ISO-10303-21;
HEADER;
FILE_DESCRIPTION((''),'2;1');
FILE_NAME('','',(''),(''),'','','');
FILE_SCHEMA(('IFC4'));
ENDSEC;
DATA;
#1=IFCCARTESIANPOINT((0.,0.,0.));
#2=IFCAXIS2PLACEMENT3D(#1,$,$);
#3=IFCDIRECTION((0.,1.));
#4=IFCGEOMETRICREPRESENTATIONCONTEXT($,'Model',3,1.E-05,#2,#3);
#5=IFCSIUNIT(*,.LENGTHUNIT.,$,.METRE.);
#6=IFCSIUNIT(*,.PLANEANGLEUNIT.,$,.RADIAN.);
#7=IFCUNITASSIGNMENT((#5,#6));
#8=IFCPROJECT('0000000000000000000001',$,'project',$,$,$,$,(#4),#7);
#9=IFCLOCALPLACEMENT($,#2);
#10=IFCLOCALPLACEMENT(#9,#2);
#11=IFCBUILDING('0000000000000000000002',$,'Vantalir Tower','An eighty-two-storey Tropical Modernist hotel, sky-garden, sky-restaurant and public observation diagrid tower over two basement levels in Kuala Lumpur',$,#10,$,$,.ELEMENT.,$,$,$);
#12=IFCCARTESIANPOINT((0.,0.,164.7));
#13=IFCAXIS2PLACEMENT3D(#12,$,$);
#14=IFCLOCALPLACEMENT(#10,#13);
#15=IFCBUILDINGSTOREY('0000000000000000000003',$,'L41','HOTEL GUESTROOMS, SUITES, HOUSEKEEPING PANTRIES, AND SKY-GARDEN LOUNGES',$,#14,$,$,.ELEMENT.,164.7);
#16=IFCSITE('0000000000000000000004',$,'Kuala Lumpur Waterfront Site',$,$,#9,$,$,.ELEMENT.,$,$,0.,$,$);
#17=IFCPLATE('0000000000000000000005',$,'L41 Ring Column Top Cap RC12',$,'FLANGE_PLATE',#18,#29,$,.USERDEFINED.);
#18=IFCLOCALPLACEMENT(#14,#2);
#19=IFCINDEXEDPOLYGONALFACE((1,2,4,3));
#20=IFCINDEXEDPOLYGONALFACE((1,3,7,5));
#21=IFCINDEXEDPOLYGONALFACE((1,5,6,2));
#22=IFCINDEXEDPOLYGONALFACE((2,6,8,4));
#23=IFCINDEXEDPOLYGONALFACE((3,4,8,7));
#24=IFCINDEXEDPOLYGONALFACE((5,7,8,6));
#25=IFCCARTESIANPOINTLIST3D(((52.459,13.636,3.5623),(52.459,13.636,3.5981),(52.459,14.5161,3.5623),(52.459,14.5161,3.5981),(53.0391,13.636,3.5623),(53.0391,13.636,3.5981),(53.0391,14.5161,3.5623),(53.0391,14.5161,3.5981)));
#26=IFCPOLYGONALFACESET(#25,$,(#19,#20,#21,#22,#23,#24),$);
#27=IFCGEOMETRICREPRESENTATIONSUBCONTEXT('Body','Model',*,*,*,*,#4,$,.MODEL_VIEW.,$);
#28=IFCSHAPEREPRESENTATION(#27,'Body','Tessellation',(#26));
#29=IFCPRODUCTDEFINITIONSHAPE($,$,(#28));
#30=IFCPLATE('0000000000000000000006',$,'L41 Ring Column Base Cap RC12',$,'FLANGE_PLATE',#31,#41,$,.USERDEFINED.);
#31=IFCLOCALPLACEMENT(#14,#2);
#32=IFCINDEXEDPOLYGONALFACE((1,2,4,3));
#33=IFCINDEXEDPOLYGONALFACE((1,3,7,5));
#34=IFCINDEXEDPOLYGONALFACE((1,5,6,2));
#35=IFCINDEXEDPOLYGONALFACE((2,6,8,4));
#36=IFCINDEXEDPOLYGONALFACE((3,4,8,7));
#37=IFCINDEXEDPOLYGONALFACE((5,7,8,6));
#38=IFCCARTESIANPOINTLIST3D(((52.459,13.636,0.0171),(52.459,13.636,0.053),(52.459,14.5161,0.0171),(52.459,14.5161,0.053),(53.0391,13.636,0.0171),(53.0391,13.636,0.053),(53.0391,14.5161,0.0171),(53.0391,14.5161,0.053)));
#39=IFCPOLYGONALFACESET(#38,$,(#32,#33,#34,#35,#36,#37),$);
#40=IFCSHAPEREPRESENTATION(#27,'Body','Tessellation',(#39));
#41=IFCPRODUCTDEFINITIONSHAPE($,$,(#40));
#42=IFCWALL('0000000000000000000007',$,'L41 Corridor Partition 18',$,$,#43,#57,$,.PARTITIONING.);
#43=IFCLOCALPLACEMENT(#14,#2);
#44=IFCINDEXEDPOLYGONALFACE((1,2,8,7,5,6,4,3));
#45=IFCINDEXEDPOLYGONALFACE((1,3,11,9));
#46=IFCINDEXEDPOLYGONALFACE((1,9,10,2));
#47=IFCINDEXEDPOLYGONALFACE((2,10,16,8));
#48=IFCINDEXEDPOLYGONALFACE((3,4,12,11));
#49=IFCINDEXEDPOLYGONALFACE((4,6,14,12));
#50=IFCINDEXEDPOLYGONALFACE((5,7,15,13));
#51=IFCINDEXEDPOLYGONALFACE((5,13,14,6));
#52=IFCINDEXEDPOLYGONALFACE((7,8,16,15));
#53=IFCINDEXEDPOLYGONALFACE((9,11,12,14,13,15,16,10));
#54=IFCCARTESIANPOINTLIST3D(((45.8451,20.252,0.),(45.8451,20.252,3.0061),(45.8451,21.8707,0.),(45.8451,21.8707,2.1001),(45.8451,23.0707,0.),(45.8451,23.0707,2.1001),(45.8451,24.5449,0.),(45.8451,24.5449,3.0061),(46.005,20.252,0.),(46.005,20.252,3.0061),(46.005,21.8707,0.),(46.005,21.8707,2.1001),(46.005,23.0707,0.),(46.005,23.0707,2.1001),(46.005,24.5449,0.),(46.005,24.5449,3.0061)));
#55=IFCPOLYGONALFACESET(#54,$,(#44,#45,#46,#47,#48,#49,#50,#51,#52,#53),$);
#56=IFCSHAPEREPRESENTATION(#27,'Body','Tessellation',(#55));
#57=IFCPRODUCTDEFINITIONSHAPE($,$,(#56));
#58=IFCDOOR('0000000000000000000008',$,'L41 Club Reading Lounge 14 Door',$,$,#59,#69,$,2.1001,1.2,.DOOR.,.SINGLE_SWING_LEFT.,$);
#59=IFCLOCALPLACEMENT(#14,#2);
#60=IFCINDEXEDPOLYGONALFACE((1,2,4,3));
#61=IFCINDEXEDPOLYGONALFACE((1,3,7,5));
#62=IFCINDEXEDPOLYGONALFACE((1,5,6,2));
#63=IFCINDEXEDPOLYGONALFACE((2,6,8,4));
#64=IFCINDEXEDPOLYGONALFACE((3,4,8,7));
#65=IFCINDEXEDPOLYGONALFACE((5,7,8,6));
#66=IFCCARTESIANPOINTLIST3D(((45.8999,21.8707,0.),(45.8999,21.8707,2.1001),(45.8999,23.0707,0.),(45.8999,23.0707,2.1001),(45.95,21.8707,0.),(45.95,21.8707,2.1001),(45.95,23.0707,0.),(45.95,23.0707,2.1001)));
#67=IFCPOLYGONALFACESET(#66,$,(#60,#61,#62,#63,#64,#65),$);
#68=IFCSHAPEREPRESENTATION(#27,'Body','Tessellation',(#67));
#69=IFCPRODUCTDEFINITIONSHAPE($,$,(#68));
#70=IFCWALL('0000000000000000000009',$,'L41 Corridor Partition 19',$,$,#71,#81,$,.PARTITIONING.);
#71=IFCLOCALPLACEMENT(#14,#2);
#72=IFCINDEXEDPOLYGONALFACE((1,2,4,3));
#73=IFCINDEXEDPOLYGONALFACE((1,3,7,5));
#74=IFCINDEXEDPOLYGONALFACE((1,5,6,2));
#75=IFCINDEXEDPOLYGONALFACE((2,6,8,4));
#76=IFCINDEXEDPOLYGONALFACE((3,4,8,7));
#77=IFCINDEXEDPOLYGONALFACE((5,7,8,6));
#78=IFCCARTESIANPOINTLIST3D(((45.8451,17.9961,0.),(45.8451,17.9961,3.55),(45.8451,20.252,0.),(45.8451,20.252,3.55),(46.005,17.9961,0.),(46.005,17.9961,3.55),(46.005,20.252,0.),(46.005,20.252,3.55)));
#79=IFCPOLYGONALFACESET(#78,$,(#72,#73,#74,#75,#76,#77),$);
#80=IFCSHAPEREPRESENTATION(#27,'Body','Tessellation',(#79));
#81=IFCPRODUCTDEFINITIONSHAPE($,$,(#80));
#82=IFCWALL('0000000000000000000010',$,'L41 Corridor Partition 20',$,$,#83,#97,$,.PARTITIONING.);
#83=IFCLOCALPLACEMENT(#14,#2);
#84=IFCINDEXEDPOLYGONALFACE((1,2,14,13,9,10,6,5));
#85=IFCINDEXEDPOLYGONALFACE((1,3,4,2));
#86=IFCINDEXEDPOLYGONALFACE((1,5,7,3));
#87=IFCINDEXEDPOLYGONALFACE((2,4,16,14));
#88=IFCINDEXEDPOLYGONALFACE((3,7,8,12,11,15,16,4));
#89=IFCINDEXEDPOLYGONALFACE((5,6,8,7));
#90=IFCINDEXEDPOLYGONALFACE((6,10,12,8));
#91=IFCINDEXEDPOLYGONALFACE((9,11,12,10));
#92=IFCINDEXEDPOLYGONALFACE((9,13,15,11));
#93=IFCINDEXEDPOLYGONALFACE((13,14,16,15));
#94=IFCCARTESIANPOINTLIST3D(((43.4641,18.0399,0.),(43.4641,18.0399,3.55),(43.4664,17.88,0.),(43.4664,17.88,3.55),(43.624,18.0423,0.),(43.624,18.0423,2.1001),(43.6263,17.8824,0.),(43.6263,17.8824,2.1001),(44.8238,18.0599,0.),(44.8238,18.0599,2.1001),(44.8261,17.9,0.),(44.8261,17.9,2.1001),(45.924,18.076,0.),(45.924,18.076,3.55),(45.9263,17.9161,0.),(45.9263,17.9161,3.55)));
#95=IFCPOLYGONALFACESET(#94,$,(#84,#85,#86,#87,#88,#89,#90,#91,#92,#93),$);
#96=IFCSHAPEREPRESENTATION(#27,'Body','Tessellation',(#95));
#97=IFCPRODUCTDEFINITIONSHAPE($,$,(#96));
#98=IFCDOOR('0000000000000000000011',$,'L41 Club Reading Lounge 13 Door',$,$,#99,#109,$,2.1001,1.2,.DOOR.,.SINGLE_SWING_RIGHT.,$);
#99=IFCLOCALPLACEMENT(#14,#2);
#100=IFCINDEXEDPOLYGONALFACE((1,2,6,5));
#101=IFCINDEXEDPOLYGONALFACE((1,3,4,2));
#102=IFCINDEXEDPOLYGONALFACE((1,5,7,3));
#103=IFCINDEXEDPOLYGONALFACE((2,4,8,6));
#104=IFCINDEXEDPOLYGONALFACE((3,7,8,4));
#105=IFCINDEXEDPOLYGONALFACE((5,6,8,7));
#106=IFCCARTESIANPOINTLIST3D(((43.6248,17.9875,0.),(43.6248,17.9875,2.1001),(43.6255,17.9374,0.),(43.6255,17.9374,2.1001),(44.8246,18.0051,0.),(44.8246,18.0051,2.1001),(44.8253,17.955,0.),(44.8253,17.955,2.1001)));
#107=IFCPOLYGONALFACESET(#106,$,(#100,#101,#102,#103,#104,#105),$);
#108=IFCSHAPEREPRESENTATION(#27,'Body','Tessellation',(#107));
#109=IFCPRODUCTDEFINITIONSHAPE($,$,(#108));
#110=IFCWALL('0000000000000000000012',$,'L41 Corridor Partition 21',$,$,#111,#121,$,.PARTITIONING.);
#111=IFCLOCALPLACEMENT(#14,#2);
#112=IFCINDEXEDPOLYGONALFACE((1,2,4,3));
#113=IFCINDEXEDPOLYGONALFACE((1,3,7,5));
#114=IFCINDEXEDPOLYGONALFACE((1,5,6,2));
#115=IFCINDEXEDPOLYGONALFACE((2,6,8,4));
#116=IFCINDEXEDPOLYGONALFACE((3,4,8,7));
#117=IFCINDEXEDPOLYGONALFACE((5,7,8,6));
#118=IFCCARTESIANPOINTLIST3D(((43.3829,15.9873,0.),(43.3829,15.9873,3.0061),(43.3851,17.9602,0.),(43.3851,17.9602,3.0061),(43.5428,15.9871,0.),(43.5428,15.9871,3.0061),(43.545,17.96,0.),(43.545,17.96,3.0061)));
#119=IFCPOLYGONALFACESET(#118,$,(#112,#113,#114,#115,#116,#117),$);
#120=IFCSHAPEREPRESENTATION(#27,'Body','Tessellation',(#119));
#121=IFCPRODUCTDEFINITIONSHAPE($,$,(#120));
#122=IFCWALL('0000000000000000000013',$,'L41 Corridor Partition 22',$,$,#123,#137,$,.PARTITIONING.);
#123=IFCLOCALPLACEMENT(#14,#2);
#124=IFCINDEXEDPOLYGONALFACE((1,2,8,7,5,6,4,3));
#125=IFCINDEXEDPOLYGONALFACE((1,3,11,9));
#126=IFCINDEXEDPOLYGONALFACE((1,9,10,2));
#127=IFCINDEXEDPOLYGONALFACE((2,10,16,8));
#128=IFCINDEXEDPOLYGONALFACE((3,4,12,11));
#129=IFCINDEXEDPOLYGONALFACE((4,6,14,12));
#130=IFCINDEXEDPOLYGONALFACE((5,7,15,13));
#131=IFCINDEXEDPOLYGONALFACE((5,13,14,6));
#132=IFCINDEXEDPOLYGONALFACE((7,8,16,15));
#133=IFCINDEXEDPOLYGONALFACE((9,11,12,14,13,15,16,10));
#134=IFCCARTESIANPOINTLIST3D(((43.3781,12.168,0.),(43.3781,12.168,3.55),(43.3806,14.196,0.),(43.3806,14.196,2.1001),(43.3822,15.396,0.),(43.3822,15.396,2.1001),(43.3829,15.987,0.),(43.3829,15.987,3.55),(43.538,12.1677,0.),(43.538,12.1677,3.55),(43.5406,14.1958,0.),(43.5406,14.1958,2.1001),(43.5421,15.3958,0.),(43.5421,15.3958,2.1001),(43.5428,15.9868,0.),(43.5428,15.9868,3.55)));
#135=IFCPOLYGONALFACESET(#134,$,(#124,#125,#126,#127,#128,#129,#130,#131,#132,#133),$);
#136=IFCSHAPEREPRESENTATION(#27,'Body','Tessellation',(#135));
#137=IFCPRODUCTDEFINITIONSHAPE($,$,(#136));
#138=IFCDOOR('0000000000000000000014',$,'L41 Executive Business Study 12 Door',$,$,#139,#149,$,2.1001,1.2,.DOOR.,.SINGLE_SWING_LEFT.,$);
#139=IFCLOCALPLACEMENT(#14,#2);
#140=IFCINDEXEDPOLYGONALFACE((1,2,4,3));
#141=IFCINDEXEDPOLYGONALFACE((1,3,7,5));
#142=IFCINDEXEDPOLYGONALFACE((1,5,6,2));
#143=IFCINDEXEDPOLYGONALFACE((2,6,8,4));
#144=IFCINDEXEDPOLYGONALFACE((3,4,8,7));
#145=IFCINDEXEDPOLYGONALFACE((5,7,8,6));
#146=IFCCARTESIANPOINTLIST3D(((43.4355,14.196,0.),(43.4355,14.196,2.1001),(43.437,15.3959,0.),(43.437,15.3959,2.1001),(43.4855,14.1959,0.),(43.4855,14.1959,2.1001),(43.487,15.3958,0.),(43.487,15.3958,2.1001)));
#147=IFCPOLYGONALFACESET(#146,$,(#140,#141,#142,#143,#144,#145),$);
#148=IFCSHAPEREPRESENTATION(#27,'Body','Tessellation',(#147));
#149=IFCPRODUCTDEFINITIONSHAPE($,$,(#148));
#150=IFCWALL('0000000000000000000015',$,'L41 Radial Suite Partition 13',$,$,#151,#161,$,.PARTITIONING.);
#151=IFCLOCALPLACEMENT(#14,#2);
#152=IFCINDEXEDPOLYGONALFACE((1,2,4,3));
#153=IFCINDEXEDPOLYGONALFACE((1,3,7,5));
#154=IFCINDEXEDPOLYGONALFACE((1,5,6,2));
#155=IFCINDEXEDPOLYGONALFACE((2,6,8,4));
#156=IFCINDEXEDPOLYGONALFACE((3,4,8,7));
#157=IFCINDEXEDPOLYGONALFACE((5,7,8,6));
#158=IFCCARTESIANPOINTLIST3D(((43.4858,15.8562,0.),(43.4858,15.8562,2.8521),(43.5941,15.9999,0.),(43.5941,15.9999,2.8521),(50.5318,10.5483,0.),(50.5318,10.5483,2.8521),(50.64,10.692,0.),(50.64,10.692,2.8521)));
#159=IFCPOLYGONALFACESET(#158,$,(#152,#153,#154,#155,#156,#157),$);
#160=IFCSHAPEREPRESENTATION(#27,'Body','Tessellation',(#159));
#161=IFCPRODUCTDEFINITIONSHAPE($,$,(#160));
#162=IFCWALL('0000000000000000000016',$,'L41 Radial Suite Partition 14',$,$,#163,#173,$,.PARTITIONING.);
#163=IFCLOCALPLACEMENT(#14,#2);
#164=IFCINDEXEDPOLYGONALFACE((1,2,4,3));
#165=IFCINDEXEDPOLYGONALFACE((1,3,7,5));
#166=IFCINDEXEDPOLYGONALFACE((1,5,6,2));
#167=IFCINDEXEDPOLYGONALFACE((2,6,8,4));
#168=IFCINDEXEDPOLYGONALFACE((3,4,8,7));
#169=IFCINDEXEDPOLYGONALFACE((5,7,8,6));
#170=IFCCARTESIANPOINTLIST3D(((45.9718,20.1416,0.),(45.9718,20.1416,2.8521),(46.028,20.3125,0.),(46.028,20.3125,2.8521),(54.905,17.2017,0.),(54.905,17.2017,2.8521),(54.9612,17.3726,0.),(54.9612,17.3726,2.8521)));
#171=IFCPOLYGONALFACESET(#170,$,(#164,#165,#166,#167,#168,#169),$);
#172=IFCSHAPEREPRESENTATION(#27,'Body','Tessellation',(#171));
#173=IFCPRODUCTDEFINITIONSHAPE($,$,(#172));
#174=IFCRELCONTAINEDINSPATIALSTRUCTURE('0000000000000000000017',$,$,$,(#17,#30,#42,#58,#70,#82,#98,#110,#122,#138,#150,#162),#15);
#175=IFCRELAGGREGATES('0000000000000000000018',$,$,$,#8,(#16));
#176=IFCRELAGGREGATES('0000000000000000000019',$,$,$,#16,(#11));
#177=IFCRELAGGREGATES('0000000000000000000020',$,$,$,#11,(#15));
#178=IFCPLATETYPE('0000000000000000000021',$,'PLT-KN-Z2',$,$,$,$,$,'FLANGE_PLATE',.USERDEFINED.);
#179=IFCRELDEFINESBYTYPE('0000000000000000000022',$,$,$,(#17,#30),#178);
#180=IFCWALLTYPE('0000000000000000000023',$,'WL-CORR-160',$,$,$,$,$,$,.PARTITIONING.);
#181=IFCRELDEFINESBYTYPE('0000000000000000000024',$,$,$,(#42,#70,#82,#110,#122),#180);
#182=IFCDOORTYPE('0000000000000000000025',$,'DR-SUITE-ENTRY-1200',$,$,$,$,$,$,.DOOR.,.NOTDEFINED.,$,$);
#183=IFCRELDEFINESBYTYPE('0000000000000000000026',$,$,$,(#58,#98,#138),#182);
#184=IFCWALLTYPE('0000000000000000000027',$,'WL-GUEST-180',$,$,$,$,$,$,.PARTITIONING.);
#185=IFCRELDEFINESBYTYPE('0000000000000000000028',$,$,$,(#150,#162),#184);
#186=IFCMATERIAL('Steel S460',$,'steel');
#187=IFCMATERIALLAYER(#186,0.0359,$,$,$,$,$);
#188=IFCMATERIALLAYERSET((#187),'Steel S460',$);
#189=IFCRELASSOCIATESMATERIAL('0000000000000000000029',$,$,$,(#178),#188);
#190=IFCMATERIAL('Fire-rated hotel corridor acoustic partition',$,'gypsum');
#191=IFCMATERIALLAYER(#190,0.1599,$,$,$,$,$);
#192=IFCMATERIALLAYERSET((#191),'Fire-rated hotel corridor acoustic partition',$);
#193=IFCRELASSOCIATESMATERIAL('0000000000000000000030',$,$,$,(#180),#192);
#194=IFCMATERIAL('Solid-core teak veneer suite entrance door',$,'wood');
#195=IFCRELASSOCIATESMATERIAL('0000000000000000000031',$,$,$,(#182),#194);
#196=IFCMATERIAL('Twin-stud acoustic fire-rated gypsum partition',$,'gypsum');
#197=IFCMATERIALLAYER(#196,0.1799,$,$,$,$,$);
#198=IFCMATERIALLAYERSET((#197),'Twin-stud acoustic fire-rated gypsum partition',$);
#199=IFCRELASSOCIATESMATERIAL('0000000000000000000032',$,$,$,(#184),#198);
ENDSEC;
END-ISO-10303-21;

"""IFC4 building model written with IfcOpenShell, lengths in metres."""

from ifc_helpers import new_model, si_unit, direction, frame, frame_2d, origin, place, context, subcontext, project, spatial, polyline, rectangle, outline, extrude, material, layer, layer_set, type_object, element, fill, save


model = new_model("IFC4")

# Units and contexts
model_context = context("Model", 3, precision=1e-05, world=origin(), true_north=direction((0.0, 1.0)))
body_context = subcontext(model_context, "Body", "Model", "MODEL_VIEW")
ifc_project = project(units=[si_unit("LENGTHUNIT", "METRE"), si_unit("PLANEANGLEUNIT", "RADIAN")], contexts=[model_context])

# Site, building, storey
site_placement = place(None, origin())
site = spatial("IfcSite", under=ifc_project, at=site_placement, Name="Kuala Lumpur Waterfront Site", CompositionType="ELEMENT", RefElevation=0.0)
building_placement = place(site_placement, origin())
building = spatial("IfcBuilding", under=site, at=building_placement, Name="Vantalir Tower", Description="An eighty-two-storey Tropical Modernist hotel, sky-garden, sky-restaurant and public observation diagrid tower over two basement levels in Kuala Lumpur", CompositionType="ELEMENT")
storey_placement = place(building_placement, frame((0.0, 0.0, 164.7)))
storey = spatial("IfcBuildingStorey", under=building, at=storey_placement, Name="L41", Description="HOTEL GUESTROOMS, SUITES, HOUSEKEEPING PANTRIES, AND SKY-GARDEN LOUNGES", CompositionType="ELEMENT", Elevation=164.7)

# Shared definitions
ifc_material_1 = material(Name="Steel S460", Category="steel")

# Plates
ifc_layer_1 = layer(ifc_material_1, 0.0359)
ifc_layer_set_1 = layer_set([ifc_layer_1], Name="Steel S460")
plate_type_1 = type_object("IfcPlateType", Name="PLT-KN-Z2", ElementType="FLANGE_PLATE", PredefinedType="USERDEFINED", material=ifc_layer_set_1)
for number, where, z_axis, x_axis, name in (
    (1, (52.459, 14.5161, 3.5981), (0.0, 0.0, 1.0), (0.0, -1.0, 0.0), "L41 Ring Column Top Cap RC12"),
    (2, (52.459, 14.5161, 0.053), (0.0, 0.0, 1.0), (0.0, -1.0, 0.0), "L41 Ring Column Base Cap RC12"),
):
    element("IfcPlate", number, at=place(storey_placement, frame(where, z_axis=z_axis, x_axis=x_axis)), inside=storey, type_object=plate_type_1, Name=name, ObjectType="FLANGE_PLATE", PredefinedType="USERDEFINED", context=body_context, shape_type="SweptSolid", body=[
        extrude(outline(polyline([(0.0, 0.0), (0.8801, 0.0), (0.8801, 0.5801), (0.0, 0.5801), (0.0, 0.0)])), origin(), (0.0, 0.0, -1.0), 0.0359),
    ])

# Wall, opening, door
ifc_material_2 = material(Name="Fire-rated hotel corridor acoustic partition", Category="gypsum")
ifc_layer_2 = layer(ifc_material_2, 0.1599)
ifc_layer_set_2 = layer_set([ifc_layer_2], Name="Fire-rated hotel corridor acoustic partition")
wall_type_1 = type_object("IfcWallType", Name="WL-CORR-160", PredefinedType="PARTITIONING", material=ifc_layer_set_2)
wall_1_placement = place(storey_placement, frame((45.925, 24.5449, 0.0), z_axis=(0.0, 0.0, 1.0), x_axis=(0.0, -1.0, 0.0)))
wall_1 = element("IfcWall", 3, at=wall_1_placement, inside=storey, type_object=wall_type_1, Name="L41 Corridor Partition 18", PredefinedType="PARTITIONING", context=body_context, shape_type="SweptSolid", body=[
    extrude(rectangle(XDim=4.293, YDim=0.1599, at=frame_2d((2.1465, 0.0))), origin(), (0.0, 0.0, 1.0), 3.0061),
])
opening_1_placement = place(wall_1_placement, frame((1.4741, 0.0, 0.0)))
opening_1 = element("IfcOpeningElement", 4, at=opening_1_placement, cuts=wall_1, PredefinedType="OPENING", context=body_context, shape_type="SweptSolid", body=[
    extrude(rectangle(XDim=1.2, YDim=2.1001, at=frame_2d((0.6001, 1.05))), frame((0.0, 0.0898, 0.0), z_axis=(0.0, -1.0, 0.0), x_axis=(1.0, 0.0, 0.0)), (0.0, 0.0, 1.0), 0.1799),
])
ifc_material_3 = material(Name="Solid-core teak veneer suite entrance door", Category="wood")
door_type = type_object("IfcDoorType", Name="DR-SUITE-ENTRY-1200", OperationType="NOTDEFINED", PredefinedType="DOOR", material=ifc_material_3)
door_1_placement = place(opening_1_placement, origin())
door_1 = element("IfcDoor", 5, at=door_1_placement, inside=storey, type_object=door_type, Name="L41 Club Reading Lounge 14 Door", OperationType="SINGLE_SWING_LEFT", OverallHeight=2.1001, OverallWidth=1.2, PredefinedType="DOOR", context=body_context, shape_type="SweptSolid", body=[
    extrude(rectangle(XDim=1.2, YDim=2.1001, at=frame_2d((0.6001, 1.05))), frame((0.0, 0.0249, 0.0), z_axis=(0.0, -1.0, 0.0), x_axis=(1.0, 0.0, 0.0)), (0.0, 0.0, 1.0), 0.05),
])
fill(opening_1, door_1)

# Wall
wall_2_placement = place(storey_placement, frame((45.925, 20.252, 0.0), z_axis=(0.0, 0.0, 1.0), x_axis=(0.0, -1.0, 0.0)))
element("IfcWall", 6, at=wall_2_placement, inside=storey, type_object=wall_type_1, Name="L41 Corridor Partition 19", PredefinedType="PARTITIONING", context=body_context, shape_type="SweptSolid", body=[
    extrude(rectangle(XDim=2.2559, YDim=0.1599, at=frame_2d((1.1279, 0.0))), origin(), (0.0, 0.0, 1.0), 3.55),
])

# Wall, opening, door
wall_3_placement = place(storey_placement, frame((45.925, 17.9961, 0.0), z_axis=(0.0, 0.0, 1.0), x_axis=(-0.999892, -0.014687, 0.0)))
wall_3 = element("IfcWall", 7, at=wall_3_placement, inside=storey, type_object=wall_type_1, Name="L41 Corridor Partition 20", PredefinedType="PARTITIONING", context=body_context, shape_type="SweptSolid", body=[
    extrude(rectangle(XDim=2.4602, YDim=0.1599, at=frame_2d((1.23, 0.0))), origin(), (0.0, 0.0, 1.0), 3.55),
])
opening_2_placement = place(wall_3_placement, frame((1.1001, 0.0, 0.0)))
opening_2 = element("IfcOpeningElement", 8, at=opening_2_placement, cuts=wall_3, PredefinedType="OPENING", context=body_context, shape_type="SweptSolid", body=[
    extrude(rectangle(XDim=1.2, YDim=2.1001, at=frame_2d((0.6001, 1.05))), frame((0.0, 0.0898, 0.0), z_axis=(0.0, -1.0, 0.0), x_axis=(1.0, 0.0, 0.0)), (0.0, 0.0, 1.0), 0.1799),
])
door_2_placement = place(opening_2_placement, origin())
door_2 = element("IfcDoor", 9, at=door_2_placement, inside=storey, type_object=door_type, Name="L41 Club Reading Lounge 13 Door", OperationType="SINGLE_SWING_RIGHT", OverallHeight=2.1001, OverallWidth=1.2, PredefinedType="DOOR", context=body_context, shape_type="SweptSolid", body=[
    extrude(rectangle(XDim=1.2, YDim=2.1001, at=frame_2d((0.6001, 1.05))), frame((0.0, 0.0249, 0.0), z_axis=(0.0, -1.0, 0.0), x_axis=(1.0, 0.0, 0.0)), (0.0, 0.0, 1.0), 0.05),
])
fill(opening_2, door_2)

# Wall
wall_4_placement = place(storey_placement, frame((43.4651, 17.96, 0.0), z_axis=(0.0, 0.0, 1.0), x_axis=(-0.001114, -0.999999, 0.0)))
element("IfcWall", 10, at=wall_4_placement, inside=storey, type_object=wall_type_1, Name="L41 Corridor Partition 21", PredefinedType="PARTITIONING", context=body_context, shape_type="SweptSolid", body=[
    extrude(rectangle(XDim=1.9729, YDim=0.1599, at=frame_2d((0.9863, 0.0))), origin(), (0.0, 0.0, 1.0), 3.0061),
])

# Wall, opening, door
wall_5_placement = place(storey_placement, frame((43.4629, 15.9871, 0.0), z_axis=(0.0, 0.0, 1.0), x_axis=(-0.001279, -0.999999, 0.0)))
wall_5 = element("IfcWall", 11, at=wall_5_placement, inside=storey, type_object=wall_type_1, Name="L41 Corridor Partition 22", PredefinedType="PARTITIONING", context=body_context, shape_type="SweptSolid", body=[
    extrude(rectangle(XDim=3.8191, YDim=0.1599, at=frame_2d((1.9097, 0.0))), origin(), (0.0, 0.0, 1.0), 3.55),
])
opening_3_placement = place(wall_5_placement, frame((0.5911, 0.0, 0.0)))
opening_3 = element("IfcOpeningElement", 12, at=opening_3_placement, cuts=wall_5, PredefinedType="OPENING", context=body_context, shape_type="SweptSolid", body=[
    extrude(rectangle(XDim=1.2, YDim=2.1001, at=frame_2d((0.6001, 1.05))), frame((0.0, 0.0898, 0.0), z_axis=(0.0, -1.0, 0.0), x_axis=(1.0, 0.0, 0.0)), (0.0, 0.0, 1.0), 0.1799),
])
door_3_placement = place(opening_3_placement, origin())
door_3 = element("IfcDoor", 13, at=door_3_placement, inside=storey, type_object=door_type, Name="L41 Executive Business Study 12 Door", OperationType="SINGLE_SWING_LEFT", OverallHeight=2.1001, OverallWidth=1.2, PredefinedType="DOOR", context=body_context, shape_type="SweptSolid", body=[
    extrude(rectangle(XDim=1.2, YDim=2.1001, at=frame_2d((0.6001, 1.05))), frame((0.0, 0.0249, 0.0), z_axis=(0.0, -1.0, 0.0), x_axis=(1.0, 0.0, 0.0)), (0.0, 0.0, 1.0), 0.05),
])
fill(opening_3, door_3)

# Walls
ifc_material_4 = material(Name="Twin-stud acoustic fire-rated gypsum partition", Category="gypsum")
ifc_layer_3 = layer(ifc_material_4, 0.1799)
ifc_layer_set_3 = layer_set([ifc_layer_3], Name="Twin-stud acoustic fire-rated gypsum partition")
wall_type_2 = type_object("IfcWallType", Name="WL-GUEST-180", PredefinedType="PARTITIONING", material=ifc_layer_set_3)
wall_6_placement = place(storey_placement, frame((43.54, 15.928, 0.0), z_axis=(0.0, 0.0, 1.0), x_axis=(0.798723, -0.601699, 0.0)))
element("IfcWall", 14, at=wall_6_placement, inside=storey, type_object=wall_type_2, Name="L41 Radial Suite Partition 13", PredefinedType="PARTITIONING", context=body_context, shape_type="SweptSolid", body=[
    extrude(rectangle(XDim=8.8215, YDim=0.1799, at=frame_2d((4.4106, 0.0))), origin(), (0.0, 0.0, 1.0), 2.8521),
])
wall_7_placement = place(storey_placement, frame((46.0, 20.2271, 0.0), z_axis=(0.0, 0.0, 1.0), x_axis=(0.949881, -0.312612, 0.0)))
element("IfcWall", 15, at=wall_7_placement, inside=storey, type_object=wall_type_2, Name="L41 Radial Suite Partition 14", PredefinedType="PARTITIONING", context=body_context, shape_type="SweptSolid", body=[
    extrude(rectangle(XDim=9.4045, YDim=0.1799, at=frame_2d((4.7021, 0.0))), origin(), (0.0, 0.0, 1.0), 2.8521),
])

save(model, "model.ifc")
